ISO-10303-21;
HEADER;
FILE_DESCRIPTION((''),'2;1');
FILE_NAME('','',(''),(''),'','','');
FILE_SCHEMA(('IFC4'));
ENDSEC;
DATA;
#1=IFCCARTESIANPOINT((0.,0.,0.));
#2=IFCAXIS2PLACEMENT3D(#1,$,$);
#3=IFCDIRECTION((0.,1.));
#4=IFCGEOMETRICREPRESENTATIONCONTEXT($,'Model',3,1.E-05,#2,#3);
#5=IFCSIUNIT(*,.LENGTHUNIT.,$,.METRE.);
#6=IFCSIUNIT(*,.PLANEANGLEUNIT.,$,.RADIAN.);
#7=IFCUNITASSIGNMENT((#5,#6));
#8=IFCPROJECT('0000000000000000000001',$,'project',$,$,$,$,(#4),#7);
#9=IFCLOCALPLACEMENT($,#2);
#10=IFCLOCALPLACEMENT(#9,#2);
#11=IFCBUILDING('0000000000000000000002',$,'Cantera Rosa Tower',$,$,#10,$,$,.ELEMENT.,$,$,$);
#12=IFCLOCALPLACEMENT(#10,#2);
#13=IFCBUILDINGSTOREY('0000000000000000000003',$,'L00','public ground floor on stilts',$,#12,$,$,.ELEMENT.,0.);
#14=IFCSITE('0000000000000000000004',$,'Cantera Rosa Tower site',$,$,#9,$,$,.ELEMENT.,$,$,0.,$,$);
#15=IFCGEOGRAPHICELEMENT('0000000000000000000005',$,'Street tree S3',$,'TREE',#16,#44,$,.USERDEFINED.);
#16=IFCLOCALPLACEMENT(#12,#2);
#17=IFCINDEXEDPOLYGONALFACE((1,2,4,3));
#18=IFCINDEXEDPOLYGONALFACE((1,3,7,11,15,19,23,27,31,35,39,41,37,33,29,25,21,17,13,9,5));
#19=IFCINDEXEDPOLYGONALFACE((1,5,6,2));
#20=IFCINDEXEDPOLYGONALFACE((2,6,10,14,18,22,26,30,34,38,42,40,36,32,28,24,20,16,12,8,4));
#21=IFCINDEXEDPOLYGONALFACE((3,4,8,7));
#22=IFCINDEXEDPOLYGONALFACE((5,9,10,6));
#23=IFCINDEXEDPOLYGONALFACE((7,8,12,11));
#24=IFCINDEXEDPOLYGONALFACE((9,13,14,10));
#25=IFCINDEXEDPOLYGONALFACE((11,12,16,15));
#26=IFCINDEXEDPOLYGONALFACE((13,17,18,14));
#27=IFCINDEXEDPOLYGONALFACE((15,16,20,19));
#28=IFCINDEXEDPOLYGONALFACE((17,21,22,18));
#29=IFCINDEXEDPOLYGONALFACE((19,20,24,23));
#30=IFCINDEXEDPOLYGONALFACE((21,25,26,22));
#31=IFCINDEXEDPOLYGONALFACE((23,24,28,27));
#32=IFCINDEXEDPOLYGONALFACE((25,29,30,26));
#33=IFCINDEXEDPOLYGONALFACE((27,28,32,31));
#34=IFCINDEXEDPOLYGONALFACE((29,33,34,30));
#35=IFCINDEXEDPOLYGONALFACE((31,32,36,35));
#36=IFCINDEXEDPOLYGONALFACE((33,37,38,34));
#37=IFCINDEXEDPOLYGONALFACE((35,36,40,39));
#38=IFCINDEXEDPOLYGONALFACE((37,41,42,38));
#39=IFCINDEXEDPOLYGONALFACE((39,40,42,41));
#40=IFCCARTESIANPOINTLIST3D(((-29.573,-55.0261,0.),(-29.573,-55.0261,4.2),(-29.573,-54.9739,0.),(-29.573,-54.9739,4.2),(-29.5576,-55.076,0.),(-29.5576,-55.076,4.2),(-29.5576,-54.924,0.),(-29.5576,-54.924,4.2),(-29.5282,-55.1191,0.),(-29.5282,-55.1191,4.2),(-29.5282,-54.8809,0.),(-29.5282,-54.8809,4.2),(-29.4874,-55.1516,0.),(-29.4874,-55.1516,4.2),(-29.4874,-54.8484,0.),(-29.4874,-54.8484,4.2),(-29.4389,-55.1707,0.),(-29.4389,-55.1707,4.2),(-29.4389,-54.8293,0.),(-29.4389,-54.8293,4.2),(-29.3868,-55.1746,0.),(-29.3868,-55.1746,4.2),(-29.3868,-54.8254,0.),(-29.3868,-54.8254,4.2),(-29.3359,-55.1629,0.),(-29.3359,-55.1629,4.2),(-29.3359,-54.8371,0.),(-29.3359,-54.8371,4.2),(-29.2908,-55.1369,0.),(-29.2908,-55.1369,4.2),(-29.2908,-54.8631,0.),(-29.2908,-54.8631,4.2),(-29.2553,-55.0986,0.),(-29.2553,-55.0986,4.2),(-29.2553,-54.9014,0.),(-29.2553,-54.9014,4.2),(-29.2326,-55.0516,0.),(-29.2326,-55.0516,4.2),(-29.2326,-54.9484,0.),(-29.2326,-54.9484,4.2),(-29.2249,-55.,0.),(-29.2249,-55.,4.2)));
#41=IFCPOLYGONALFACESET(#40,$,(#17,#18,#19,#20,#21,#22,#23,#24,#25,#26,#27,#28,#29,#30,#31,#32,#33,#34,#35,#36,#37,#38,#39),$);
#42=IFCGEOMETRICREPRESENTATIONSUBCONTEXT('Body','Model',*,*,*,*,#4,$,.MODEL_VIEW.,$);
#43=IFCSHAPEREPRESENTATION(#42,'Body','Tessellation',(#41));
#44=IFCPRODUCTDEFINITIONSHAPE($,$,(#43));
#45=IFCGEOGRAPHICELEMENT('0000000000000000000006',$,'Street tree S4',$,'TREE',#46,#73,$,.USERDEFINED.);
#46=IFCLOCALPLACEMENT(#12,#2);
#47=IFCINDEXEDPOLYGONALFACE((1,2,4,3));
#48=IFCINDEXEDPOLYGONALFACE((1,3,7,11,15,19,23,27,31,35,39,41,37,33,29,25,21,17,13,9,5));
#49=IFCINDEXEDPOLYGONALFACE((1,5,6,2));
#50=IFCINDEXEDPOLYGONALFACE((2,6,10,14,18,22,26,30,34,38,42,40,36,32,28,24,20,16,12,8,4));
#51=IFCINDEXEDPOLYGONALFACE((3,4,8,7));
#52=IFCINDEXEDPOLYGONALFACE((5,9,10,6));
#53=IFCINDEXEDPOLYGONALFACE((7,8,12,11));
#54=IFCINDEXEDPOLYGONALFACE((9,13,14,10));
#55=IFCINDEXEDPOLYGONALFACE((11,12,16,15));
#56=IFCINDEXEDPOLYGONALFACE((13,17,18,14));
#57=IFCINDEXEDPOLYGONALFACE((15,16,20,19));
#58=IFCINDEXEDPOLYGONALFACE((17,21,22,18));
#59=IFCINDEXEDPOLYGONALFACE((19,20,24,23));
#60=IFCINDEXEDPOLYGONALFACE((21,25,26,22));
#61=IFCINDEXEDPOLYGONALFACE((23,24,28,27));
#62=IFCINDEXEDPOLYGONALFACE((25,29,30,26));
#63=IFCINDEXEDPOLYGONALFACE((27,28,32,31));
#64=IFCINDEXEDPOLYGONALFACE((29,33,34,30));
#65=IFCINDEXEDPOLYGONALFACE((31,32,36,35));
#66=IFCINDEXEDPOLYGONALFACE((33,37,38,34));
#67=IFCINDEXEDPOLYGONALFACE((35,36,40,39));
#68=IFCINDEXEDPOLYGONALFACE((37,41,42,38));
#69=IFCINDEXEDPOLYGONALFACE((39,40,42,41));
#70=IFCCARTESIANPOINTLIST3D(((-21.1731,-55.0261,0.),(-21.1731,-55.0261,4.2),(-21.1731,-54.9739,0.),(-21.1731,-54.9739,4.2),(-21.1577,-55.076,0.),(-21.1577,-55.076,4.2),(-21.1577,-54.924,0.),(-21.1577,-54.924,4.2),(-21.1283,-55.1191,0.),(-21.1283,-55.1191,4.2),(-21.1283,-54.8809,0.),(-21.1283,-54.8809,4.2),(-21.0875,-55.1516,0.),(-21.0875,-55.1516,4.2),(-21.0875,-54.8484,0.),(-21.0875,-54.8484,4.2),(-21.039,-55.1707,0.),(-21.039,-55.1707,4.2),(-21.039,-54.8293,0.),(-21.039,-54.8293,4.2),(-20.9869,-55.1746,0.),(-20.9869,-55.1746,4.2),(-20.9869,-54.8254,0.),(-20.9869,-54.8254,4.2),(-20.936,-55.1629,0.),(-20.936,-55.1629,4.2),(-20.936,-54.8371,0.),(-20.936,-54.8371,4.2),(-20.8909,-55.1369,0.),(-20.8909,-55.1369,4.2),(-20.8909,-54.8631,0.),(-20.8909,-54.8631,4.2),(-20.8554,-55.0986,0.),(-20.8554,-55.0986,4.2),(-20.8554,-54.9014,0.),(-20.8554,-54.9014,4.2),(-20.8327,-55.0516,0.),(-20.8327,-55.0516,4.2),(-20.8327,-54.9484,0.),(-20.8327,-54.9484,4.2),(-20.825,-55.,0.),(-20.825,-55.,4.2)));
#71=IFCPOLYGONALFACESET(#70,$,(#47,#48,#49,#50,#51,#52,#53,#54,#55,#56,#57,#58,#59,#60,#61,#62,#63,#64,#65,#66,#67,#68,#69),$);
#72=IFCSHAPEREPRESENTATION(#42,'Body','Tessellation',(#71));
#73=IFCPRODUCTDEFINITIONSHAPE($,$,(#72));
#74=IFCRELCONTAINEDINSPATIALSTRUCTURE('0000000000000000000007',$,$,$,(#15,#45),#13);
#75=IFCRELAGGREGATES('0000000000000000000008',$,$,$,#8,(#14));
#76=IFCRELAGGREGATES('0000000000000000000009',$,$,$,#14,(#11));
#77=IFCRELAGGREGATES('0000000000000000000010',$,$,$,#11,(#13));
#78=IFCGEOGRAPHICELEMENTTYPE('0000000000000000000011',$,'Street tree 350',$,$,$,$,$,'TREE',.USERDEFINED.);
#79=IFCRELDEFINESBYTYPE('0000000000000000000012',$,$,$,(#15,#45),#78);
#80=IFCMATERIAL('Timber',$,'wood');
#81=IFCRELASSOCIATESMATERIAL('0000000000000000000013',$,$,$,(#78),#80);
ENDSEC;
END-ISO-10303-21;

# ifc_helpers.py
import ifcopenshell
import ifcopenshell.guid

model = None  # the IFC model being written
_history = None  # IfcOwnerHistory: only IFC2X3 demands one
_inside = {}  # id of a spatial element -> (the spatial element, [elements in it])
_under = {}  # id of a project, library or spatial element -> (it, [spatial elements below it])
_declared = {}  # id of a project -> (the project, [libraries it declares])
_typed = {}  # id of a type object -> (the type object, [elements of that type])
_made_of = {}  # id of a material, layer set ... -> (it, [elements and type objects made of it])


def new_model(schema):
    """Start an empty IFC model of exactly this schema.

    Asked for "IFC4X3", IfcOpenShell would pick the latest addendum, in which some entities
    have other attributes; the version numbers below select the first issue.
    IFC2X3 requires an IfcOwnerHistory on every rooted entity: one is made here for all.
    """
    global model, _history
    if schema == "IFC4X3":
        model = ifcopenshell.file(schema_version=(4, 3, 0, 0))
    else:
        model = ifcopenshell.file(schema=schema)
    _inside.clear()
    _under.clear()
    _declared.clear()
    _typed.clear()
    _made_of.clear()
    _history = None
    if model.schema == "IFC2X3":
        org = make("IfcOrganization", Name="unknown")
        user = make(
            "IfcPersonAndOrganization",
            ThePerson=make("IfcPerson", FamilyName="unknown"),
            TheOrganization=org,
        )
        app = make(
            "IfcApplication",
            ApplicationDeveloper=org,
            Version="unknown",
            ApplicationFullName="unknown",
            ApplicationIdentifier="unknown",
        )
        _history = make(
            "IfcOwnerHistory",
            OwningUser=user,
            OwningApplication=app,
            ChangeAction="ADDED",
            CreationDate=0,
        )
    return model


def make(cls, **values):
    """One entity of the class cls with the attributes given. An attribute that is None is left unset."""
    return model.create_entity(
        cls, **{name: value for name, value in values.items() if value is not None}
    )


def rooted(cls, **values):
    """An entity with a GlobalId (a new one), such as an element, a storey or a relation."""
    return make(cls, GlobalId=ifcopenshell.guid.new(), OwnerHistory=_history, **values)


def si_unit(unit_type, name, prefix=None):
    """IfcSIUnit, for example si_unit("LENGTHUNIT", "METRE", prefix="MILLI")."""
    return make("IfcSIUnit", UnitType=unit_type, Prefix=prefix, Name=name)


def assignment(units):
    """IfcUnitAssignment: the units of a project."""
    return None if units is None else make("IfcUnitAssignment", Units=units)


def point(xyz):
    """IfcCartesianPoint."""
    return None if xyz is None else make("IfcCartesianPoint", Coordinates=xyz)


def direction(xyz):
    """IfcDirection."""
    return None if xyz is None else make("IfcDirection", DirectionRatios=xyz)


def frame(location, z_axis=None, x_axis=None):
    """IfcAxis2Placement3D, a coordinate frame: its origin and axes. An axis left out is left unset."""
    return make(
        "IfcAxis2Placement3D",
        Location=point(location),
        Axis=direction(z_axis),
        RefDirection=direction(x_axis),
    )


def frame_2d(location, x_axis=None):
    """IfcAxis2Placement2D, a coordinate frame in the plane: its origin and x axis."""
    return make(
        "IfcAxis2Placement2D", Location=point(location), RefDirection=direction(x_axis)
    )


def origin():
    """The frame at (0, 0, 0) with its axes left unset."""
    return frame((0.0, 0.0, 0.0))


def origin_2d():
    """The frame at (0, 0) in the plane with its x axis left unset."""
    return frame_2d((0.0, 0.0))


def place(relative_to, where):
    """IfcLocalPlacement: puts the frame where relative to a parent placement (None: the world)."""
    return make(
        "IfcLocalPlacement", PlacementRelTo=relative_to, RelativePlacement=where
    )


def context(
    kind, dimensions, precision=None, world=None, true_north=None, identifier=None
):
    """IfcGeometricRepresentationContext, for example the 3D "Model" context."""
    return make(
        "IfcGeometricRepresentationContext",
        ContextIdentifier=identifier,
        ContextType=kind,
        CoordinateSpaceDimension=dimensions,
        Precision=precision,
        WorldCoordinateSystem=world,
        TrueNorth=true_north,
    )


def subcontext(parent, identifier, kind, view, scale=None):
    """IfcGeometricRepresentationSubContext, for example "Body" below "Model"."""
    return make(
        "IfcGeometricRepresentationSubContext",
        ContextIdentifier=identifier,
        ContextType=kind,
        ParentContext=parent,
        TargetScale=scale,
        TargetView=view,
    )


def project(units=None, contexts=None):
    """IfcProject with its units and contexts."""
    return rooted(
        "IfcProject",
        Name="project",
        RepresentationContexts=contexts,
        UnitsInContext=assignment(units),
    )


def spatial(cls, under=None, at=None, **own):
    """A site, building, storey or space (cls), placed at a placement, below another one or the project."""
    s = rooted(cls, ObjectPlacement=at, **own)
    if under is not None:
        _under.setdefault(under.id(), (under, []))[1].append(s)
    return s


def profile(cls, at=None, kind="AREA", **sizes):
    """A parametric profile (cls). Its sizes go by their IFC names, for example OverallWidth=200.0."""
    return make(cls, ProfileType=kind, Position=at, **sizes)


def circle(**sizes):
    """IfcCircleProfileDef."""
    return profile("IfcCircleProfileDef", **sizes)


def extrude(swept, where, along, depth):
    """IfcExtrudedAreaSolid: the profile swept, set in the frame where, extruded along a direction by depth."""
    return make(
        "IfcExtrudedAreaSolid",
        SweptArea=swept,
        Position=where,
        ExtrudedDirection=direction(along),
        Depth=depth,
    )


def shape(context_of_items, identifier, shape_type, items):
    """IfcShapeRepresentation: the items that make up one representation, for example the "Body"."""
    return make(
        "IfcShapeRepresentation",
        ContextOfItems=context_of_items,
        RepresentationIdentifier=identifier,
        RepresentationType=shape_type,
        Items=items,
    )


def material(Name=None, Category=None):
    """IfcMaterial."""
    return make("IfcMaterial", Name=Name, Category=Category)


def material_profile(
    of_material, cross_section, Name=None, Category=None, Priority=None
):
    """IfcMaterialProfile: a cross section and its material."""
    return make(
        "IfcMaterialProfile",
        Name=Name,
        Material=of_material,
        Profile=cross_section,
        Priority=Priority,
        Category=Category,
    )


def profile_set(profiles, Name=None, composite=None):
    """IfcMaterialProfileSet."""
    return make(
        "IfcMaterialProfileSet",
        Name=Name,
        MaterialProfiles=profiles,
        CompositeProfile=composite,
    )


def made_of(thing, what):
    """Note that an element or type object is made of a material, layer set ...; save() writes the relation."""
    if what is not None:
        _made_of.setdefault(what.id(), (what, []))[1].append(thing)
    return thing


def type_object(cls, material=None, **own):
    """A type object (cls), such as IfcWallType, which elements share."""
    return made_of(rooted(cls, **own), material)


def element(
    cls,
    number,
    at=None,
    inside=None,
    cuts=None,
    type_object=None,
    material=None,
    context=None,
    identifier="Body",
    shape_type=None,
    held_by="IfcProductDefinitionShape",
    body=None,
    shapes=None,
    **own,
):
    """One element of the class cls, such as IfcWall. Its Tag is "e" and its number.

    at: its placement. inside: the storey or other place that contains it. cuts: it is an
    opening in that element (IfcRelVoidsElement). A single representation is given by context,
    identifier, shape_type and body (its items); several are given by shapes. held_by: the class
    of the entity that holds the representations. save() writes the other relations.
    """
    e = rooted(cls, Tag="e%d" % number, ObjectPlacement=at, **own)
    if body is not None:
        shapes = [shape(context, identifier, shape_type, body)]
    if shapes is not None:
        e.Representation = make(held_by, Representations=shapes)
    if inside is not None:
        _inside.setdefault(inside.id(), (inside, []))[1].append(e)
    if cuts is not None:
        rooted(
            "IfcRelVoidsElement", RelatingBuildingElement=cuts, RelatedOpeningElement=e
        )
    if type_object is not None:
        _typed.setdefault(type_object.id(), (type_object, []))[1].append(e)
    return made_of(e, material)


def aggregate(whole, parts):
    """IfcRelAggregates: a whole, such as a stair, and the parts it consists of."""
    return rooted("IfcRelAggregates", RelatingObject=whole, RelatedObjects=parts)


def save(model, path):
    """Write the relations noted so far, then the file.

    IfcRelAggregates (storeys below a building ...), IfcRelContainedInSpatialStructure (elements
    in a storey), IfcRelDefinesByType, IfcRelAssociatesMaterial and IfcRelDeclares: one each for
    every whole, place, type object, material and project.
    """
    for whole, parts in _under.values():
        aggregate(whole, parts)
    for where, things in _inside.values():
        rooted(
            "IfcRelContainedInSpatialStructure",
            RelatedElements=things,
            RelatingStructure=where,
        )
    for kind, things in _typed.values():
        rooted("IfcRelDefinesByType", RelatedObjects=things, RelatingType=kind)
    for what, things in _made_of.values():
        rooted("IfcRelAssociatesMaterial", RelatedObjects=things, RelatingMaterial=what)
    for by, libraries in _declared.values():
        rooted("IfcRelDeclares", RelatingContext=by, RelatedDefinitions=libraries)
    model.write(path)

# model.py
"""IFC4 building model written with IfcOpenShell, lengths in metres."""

from ifc_helpers import new_model, si_unit, direction, frame, origin, origin_2d, place, context, subcontext, project, spatial, circle, extrude, material, material_profile, profile_set, type_object, element, save


model = new_model("IFC4")

# Units and contexts
model_context = context("Model", 3, precision=1e-05, world=origin(), true_north=direction((0.0, 1.0)))
body_context = subcontext(model_context, "Body", "Model", "MODEL_VIEW")
ifc_project = project(units=[si_unit("LENGTHUNIT", "METRE"), si_unit("PLANEANGLEUNIT", "RADIAN")], contexts=[model_context])

# Site, building, storey
site_placement = place(None, origin())
site = spatial("IfcSite", under=ifc_project, at=site_placement, Name="Cantera Rosa Tower site", CompositionType="ELEMENT", RefElevation=0.0)
building_placement = place(site_placement, origin())
building = spatial("IfcBuilding", under=site, at=building_placement, Name="Cantera Rosa Tower", CompositionType="ELEMENT")
storey_placement = place(building_placement, origin())
storey = spatial("IfcBuildingStorey", under=building, at=storey_placement, Name="L00", Description="public ground floor on stilts", CompositionType="ELEMENT", Elevation=0.0)

# Geographic elements
ifc_material_1 = material(Name="Timber", Category="wood")
ifc_material_profile_1 = material_profile(ifc_material_1, circle(Radius=0.175, at=origin_2d()), Name="Street tree 350")
ifc_profile_set_1 = profile_set([ifc_material_profile_1], Name="Timber")
geographic_element_type = type_object("IfcGeographicElementType", Name="Street tree 350", ElementType="TREE", PredefinedType="USERDEFINED", material=ifc_profile_set_1)
for number, where, z_axis, x_axis, name in (
    (1, (-29.3999, -55.0, 0.0), (0.0, 0.0, 1.0), (1.0, 0.0, 0.0), "Street tree S3"),
    (2, (-21.0, -55.0, 0.0), (0.0, 0.0, 1.0), (1.0, 0.0, 0.0), "Street tree S4"),
):
    element("IfcGeographicElement", number, at=place(storey_placement, frame(where, z_axis=z_axis, x_axis=x_axis)), inside=storey, type_object=geographic_element_type, Name=name, ObjectType="TREE", PredefinedType="USERDEFINED", context=body_context, shape_type="SweptSolid", body=[
        extrude(circle(Radius=0.175, at=origin_2d()), origin(), (0.0, 0.0, 1.0), 4.2),
    ])

save(model, "model.ifc")
